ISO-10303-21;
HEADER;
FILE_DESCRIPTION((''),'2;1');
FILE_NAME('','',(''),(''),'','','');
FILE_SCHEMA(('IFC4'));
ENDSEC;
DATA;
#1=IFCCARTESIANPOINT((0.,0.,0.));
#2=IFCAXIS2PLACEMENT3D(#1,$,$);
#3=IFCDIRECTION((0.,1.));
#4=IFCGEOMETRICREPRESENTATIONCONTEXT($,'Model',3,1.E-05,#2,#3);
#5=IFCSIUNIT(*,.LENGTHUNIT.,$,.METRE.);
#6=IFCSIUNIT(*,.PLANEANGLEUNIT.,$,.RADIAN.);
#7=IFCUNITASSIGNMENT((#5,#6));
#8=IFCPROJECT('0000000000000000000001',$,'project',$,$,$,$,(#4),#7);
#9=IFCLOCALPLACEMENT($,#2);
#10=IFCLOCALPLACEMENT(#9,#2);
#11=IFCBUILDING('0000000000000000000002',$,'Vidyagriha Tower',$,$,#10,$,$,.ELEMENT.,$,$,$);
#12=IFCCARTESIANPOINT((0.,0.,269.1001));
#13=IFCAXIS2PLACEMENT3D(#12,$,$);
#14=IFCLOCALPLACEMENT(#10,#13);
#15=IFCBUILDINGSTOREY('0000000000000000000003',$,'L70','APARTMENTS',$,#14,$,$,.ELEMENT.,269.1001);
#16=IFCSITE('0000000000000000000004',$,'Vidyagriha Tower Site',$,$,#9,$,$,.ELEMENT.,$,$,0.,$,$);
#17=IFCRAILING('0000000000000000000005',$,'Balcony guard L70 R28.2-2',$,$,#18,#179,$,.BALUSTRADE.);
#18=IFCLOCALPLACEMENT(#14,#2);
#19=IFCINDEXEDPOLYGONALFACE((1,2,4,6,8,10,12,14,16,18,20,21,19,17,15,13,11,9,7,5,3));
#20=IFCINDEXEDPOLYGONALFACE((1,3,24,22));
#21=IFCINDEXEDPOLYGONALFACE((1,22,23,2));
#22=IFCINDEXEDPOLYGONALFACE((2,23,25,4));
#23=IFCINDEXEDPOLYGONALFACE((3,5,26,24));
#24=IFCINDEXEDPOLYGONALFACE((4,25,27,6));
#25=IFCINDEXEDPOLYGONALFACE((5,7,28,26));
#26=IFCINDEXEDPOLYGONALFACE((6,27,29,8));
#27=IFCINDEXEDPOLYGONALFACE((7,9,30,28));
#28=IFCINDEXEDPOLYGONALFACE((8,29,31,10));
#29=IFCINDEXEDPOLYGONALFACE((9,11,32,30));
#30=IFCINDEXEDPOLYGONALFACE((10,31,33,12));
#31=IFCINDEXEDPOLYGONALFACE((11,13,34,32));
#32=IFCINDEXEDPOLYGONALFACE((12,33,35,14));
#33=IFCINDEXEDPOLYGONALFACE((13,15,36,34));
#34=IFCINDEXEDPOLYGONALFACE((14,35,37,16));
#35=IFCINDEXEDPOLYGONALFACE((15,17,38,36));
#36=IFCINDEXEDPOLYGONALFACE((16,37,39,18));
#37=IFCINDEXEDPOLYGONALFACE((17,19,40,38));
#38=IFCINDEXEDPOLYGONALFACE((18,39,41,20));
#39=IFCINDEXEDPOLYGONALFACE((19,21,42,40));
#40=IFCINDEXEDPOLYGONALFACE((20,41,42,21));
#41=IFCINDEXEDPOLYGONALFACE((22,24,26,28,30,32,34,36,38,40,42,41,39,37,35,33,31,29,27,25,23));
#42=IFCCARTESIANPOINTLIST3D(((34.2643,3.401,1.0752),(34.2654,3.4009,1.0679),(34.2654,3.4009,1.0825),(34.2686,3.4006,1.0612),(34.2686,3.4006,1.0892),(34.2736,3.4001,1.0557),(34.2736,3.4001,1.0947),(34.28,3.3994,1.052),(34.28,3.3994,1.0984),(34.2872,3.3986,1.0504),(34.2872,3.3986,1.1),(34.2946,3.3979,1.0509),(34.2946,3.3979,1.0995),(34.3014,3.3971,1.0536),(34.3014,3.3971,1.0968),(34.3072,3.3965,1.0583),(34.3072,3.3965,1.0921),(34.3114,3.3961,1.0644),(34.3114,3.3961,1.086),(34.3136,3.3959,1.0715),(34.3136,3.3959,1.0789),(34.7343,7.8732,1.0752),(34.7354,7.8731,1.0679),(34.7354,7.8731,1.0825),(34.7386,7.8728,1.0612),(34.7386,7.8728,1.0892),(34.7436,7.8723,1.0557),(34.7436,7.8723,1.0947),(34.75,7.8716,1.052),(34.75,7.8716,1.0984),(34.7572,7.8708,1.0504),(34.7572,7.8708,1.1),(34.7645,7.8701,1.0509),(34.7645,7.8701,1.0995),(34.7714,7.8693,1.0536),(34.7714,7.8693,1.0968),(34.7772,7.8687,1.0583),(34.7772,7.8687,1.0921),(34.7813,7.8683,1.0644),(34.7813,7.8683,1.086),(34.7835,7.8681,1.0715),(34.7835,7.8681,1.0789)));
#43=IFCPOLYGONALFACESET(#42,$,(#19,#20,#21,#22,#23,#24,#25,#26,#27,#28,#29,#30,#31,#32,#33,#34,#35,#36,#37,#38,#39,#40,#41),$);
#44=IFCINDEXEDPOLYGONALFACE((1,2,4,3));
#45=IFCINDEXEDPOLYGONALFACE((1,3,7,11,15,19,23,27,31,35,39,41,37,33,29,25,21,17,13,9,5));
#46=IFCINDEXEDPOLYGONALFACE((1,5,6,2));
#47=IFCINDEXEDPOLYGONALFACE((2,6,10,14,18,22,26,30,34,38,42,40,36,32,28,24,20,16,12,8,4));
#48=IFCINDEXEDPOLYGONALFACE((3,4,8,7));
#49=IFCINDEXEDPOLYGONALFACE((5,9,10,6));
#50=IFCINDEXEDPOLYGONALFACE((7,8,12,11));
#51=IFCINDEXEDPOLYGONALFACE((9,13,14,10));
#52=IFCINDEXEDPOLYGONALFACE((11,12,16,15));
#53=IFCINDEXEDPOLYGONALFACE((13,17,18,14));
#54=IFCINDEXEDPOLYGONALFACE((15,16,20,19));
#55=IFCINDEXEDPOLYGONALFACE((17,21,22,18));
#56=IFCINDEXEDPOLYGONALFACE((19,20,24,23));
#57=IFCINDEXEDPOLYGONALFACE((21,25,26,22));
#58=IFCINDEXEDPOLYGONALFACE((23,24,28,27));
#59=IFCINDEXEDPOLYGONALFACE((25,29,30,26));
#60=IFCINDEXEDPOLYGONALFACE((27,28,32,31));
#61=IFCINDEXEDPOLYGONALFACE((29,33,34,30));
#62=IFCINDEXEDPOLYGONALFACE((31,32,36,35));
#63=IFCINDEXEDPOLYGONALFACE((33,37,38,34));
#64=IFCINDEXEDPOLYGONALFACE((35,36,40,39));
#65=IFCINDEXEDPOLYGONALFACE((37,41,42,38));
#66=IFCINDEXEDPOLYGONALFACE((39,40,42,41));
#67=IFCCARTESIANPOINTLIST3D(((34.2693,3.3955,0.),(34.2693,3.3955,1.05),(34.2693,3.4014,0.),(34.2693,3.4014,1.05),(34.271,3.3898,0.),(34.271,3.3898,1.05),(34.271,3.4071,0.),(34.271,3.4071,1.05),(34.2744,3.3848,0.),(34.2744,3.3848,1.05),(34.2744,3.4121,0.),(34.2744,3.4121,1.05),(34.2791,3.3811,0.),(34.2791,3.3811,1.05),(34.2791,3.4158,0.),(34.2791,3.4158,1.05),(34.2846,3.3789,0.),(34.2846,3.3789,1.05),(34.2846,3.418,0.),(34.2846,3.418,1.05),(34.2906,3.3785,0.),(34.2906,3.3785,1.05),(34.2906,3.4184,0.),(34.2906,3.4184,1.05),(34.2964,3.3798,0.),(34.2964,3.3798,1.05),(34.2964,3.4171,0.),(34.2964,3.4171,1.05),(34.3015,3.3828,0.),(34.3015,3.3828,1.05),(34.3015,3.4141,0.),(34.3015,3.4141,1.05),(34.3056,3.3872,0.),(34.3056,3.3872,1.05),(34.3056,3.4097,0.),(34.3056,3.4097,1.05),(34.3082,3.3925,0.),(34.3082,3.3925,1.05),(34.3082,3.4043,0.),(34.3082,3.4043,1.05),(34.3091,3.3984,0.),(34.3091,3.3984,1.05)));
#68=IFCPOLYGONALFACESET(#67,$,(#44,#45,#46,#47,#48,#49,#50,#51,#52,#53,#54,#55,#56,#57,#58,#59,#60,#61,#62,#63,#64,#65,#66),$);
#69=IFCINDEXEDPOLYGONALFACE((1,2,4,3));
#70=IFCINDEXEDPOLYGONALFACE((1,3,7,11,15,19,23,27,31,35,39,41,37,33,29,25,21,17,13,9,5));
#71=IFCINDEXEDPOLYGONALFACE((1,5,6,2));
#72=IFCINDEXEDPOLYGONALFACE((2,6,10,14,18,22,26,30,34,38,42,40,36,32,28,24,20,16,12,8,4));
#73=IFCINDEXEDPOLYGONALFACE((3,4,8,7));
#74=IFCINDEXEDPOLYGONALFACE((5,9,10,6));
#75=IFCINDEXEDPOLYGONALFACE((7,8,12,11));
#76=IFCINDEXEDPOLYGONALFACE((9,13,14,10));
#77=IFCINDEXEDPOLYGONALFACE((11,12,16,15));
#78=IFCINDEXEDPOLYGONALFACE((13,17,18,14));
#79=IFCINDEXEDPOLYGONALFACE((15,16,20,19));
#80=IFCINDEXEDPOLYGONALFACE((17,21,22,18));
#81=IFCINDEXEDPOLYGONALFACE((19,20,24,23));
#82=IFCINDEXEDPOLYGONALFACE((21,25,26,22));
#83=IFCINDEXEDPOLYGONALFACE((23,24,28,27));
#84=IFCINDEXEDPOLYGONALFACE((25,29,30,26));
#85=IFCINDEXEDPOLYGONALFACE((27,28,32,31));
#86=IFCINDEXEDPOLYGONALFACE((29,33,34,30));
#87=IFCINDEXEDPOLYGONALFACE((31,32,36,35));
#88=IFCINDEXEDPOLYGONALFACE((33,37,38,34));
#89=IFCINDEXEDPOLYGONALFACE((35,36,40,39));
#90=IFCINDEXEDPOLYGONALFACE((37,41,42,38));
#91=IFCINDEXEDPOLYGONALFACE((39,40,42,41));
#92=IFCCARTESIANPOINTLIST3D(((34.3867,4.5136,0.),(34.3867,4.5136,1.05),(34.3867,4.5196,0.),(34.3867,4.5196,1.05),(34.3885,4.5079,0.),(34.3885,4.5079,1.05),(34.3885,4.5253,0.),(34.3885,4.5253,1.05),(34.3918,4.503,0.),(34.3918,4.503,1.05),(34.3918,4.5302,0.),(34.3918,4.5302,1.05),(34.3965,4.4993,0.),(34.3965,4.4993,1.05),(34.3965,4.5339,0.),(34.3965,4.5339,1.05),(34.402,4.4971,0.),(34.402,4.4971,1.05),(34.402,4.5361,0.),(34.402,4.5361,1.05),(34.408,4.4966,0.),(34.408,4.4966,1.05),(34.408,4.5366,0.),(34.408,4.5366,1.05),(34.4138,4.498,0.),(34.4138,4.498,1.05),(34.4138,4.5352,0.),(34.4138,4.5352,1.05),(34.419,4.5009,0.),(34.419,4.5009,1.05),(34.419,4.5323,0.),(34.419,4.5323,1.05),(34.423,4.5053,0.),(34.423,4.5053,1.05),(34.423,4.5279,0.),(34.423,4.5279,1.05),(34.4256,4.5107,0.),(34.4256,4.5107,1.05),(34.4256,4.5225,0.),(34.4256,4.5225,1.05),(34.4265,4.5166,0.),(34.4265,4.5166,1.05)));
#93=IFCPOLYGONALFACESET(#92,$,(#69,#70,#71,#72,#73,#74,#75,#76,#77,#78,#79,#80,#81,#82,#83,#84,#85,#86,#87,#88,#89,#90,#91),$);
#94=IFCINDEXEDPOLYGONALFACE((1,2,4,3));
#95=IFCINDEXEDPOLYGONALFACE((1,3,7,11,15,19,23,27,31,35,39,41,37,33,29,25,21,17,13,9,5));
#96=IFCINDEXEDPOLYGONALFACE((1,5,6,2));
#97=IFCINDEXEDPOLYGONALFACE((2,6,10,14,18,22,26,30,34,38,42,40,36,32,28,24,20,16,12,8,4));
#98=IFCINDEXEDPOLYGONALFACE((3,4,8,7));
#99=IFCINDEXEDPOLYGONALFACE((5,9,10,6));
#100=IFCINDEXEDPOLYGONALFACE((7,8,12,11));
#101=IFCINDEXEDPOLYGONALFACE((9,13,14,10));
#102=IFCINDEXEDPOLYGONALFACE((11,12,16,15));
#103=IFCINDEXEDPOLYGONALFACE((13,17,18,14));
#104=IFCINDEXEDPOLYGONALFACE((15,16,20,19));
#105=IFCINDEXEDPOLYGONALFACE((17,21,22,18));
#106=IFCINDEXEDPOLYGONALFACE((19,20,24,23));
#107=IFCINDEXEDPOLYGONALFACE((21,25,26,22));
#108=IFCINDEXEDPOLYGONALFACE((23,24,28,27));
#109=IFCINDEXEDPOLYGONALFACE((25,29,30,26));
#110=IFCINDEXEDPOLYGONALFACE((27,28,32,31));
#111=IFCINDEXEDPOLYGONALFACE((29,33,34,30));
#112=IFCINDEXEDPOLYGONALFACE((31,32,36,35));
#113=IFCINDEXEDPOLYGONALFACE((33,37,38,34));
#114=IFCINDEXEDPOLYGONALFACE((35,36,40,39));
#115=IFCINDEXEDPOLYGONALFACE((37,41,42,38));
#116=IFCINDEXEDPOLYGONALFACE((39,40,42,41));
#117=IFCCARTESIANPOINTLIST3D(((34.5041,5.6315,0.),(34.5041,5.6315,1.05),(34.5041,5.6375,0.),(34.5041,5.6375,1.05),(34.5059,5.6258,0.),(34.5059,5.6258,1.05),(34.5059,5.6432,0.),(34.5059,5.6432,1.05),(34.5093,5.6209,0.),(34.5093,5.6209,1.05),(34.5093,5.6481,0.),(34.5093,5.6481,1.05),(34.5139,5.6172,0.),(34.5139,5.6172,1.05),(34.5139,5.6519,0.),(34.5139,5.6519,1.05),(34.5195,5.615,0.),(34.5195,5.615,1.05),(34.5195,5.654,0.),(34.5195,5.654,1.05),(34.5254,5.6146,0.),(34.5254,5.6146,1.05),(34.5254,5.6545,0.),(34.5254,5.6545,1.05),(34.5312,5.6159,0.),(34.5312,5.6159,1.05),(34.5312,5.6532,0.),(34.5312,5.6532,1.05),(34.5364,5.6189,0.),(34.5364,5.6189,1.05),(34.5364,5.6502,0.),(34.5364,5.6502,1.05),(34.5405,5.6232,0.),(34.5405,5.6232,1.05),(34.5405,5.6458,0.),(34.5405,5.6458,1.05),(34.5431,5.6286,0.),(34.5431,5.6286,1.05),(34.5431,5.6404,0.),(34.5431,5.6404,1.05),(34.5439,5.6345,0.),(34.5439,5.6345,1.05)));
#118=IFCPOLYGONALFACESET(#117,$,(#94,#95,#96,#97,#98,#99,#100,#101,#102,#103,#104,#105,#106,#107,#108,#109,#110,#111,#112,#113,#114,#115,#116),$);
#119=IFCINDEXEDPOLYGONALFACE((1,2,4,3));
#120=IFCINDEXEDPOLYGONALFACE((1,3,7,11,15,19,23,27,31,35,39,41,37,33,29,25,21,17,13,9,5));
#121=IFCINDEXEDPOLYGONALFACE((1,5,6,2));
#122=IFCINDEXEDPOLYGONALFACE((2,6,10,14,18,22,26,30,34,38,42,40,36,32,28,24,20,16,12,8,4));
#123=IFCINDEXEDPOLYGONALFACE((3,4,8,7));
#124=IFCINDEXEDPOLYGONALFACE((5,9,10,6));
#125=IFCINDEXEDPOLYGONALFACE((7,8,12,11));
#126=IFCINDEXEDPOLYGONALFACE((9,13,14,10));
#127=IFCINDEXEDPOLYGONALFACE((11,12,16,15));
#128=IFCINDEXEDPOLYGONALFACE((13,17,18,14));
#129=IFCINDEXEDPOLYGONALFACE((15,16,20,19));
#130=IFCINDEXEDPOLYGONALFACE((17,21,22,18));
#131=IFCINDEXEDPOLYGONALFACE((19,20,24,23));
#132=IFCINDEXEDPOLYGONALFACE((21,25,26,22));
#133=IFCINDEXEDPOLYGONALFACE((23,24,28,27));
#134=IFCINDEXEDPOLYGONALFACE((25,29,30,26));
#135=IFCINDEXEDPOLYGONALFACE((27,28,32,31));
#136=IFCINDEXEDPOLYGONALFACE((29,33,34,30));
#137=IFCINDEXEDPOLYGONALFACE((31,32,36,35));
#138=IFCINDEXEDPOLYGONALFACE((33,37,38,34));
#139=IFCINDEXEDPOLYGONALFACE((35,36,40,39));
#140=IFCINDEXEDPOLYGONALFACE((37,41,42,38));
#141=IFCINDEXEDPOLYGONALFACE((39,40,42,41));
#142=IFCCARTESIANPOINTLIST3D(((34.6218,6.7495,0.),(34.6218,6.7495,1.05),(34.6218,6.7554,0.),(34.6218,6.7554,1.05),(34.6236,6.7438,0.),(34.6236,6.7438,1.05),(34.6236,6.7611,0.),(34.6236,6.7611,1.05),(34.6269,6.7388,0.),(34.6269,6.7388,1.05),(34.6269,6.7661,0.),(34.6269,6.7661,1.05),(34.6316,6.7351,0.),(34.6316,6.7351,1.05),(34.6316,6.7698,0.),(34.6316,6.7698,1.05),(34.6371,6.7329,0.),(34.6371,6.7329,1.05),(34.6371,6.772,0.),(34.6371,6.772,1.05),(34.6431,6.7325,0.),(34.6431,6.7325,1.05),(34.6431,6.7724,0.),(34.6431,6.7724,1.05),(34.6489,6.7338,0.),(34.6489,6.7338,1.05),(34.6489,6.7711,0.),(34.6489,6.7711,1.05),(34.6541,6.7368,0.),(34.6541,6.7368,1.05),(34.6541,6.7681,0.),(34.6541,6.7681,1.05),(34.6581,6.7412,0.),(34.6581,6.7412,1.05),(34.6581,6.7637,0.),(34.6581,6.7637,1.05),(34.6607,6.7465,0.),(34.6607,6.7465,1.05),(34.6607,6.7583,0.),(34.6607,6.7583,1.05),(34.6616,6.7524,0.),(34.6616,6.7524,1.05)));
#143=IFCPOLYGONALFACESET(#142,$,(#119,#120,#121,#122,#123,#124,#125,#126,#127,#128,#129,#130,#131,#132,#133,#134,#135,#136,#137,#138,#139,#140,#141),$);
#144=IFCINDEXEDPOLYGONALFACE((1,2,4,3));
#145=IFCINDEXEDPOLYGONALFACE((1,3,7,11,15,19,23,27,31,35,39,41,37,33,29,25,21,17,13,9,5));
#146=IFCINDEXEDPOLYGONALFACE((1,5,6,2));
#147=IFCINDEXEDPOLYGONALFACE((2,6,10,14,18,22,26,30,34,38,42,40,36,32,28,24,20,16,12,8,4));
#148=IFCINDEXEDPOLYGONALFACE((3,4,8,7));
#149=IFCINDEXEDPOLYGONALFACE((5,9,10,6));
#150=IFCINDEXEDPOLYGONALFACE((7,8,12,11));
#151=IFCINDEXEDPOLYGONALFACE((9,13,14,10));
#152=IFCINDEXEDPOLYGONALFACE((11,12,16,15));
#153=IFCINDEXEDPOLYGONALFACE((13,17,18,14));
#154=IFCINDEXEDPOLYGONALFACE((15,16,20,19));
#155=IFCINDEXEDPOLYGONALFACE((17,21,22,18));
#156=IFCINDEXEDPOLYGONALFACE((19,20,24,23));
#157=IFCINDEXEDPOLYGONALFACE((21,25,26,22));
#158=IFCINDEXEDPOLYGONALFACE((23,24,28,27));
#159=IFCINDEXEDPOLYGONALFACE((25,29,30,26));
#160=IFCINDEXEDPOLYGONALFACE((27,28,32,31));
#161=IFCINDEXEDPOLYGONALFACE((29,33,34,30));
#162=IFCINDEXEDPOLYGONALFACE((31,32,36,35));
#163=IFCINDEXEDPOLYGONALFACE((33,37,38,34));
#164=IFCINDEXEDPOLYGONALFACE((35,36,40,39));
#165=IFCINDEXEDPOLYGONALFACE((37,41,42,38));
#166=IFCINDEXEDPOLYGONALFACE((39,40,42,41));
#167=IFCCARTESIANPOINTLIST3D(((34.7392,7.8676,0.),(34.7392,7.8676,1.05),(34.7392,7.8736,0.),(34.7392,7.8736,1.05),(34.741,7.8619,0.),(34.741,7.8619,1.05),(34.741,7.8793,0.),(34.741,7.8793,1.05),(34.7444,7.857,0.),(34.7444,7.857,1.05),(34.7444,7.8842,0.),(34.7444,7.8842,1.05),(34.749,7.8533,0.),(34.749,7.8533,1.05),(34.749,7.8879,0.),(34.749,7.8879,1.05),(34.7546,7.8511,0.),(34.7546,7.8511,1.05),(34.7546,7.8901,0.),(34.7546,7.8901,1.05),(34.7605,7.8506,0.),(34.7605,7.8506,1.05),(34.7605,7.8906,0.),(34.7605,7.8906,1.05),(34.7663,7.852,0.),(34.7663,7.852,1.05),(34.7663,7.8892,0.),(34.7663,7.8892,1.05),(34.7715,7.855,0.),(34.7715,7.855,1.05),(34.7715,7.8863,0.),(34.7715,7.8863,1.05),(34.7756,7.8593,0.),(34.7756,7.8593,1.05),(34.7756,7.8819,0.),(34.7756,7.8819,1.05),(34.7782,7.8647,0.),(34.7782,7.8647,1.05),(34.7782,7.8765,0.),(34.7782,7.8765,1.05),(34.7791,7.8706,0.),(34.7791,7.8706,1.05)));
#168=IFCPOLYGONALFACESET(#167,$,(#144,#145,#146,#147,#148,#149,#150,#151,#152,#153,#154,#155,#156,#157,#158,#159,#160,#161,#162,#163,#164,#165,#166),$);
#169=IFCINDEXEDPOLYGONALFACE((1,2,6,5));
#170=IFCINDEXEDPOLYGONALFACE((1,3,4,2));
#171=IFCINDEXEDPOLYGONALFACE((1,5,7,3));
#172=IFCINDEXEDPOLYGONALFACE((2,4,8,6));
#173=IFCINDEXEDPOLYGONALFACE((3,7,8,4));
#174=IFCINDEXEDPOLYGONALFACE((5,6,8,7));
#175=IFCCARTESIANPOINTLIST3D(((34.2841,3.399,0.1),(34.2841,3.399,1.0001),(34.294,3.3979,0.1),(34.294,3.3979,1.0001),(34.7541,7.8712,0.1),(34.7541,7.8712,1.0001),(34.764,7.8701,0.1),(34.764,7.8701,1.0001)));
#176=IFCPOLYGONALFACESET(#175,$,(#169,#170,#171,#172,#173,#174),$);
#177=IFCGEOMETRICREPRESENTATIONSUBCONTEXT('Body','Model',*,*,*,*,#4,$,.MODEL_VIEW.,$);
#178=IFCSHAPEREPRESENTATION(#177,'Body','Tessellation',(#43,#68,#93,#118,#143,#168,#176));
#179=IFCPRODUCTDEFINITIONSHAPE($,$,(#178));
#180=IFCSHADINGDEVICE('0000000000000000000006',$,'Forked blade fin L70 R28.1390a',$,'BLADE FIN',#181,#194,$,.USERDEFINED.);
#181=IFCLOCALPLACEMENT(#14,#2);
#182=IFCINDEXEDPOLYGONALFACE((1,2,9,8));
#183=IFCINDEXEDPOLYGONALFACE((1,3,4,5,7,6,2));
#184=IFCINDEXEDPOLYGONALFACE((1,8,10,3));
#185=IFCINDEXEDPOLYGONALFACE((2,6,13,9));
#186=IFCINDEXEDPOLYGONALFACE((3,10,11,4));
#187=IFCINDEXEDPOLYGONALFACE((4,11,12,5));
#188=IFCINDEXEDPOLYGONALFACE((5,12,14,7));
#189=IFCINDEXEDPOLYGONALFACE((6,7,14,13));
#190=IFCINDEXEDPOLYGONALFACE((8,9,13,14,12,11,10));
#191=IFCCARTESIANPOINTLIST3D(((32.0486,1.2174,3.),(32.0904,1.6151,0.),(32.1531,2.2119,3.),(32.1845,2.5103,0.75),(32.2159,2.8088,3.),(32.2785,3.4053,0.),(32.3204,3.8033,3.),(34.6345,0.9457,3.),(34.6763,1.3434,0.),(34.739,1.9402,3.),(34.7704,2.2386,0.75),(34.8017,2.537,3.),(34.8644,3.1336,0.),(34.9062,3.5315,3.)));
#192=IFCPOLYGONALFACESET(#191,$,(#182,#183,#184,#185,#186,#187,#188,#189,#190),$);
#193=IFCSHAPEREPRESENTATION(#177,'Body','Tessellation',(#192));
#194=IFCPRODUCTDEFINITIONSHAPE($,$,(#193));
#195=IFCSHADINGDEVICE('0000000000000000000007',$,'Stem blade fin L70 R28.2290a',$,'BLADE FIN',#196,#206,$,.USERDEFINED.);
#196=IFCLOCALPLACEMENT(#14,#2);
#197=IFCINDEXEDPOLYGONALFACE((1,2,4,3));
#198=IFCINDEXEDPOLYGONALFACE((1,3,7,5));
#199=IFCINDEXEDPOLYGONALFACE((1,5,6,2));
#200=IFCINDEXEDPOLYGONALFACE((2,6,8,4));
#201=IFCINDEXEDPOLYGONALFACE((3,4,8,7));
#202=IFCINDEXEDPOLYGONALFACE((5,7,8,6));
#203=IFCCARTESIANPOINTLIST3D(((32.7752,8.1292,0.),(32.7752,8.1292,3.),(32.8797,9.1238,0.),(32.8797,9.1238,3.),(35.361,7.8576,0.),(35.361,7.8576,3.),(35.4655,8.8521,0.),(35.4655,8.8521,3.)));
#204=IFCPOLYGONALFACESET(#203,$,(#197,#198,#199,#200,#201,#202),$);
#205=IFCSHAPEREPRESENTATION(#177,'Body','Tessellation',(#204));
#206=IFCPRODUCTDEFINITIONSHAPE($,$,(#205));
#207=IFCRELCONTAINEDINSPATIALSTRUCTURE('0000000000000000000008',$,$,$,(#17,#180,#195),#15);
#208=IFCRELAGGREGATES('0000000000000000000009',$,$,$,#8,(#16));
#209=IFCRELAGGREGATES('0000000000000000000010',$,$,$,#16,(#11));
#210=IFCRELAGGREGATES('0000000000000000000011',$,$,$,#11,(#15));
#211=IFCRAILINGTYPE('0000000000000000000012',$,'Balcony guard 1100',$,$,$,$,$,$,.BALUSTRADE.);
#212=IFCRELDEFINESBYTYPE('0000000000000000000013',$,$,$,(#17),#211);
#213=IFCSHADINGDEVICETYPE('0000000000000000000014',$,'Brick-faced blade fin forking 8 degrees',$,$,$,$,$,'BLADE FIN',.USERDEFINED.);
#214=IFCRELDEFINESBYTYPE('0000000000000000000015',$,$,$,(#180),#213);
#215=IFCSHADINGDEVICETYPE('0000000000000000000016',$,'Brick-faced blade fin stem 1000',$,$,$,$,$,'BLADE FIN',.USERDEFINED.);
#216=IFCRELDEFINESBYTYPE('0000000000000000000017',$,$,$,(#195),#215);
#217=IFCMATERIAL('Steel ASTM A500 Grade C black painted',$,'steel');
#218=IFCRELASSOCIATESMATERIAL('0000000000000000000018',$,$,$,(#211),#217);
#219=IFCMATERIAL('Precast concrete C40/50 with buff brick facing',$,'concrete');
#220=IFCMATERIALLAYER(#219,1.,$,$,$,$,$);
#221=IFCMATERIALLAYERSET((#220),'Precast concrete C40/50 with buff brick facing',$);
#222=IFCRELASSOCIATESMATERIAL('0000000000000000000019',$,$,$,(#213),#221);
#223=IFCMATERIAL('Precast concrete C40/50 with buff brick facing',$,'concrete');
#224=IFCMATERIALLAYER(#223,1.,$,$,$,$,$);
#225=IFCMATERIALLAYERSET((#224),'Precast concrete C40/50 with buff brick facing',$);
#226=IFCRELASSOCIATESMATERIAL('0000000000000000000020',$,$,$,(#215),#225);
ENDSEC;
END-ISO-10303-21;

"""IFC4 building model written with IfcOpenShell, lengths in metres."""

from ifc_helpers import new_model, si_unit, direction, frame, origin, origin_2d, place, context, subcontext, project, spatial, polyline, rectangle, circle, outline, extrude, material, layer, layer_set, type_object, element, save


model = new_model("IFC4")

# Units and contexts
model_context = context("Model", 3, precision=1e-05, world=origin(), true_north=direction((0.0, 1.0)))
body_context = subcontext(model_context, "Body", "Model", "MODEL_VIEW")
ifc_project = project(units=[si_unit("LENGTHUNIT", "METRE"), si_unit("PLANEANGLEUNIT", "RADIAN")], contexts=[model_context])

# Site, building, storey
site_placement = place(None, origin())
site = spatial("IfcSite", under=ifc_project, at=site_placement, Name="Vidyagriha Tower Site", CompositionType="ELEMENT", RefElevation=0.0)
building_placement = place(site_placement, origin())
building = spatial("IfcBuilding", under=site, at=building_placement, Name="Vidyagriha Tower", CompositionType="ELEMENT")
storey_placement = place(building_placement, frame((0.0, 0.0, 269.1001)))
storey = spatial("IfcBuildingStorey", under=building, at=storey_placement, Name="L70", Description="APARTMENTS", CompositionType="ELEMENT", Elevation=269.1001)

# Railing
ifc_material_1 = material(Name="Steel ASTM A500 Grade C black painted", Category="steel")
railing_type_1 = type_object("IfcRailingType", Name="Balcony guard 1100", PredefinedType="BALUSTRADE", material=ifc_material_1)
railing_1_placement = place(storey_placement, frame((34.2891, 3.3984, 0.0)))
element("IfcRailing", 1, at=railing_1_placement, inside=storey, type_object=railing_type_1, Name="Balcony guard L70 R28.2-2", PredefinedType="BALUSTRADE", context=body_context, shape_type="SweptSolid", body=[
    extrude(circle(Radius=0.0249, at=origin_2d()), frame((0.0, 0.0, 1.0752), z_axis=(0.104512, 0.994524, 0.0), x_axis=(-0.994524, 0.104512, 0.0)), (0.0, 0.0, 1.0), 4.4968),
    extrude(circle(Radius=0.02, at=origin_2d()), origin(), (0.0, 0.0, 1.0), 1.05),
    extrude(circle(Radius=0.02, at=origin_2d()), frame((0.1174, 1.1182, 0.0)), (0.0, 0.0, 1.0), 1.05),
    extrude(circle(Radius=0.02, at=origin_2d()), frame((0.2349, 2.2361, 0.0)), (0.0, 0.0, 1.0), 1.05),
    extrude(circle(Radius=0.02, at=origin_2d()), frame((0.3525, 3.354, 0.0)), (0.0, 0.0, 1.0), 1.05),
    extrude(circle(Radius=0.02, at=origin_2d()), frame((0.47, 4.4722, 0.0)), (0.0, 0.0, 1.0), 1.05),
    extrude(rectangle(XDim=0.01, YDim=0.9001, at=origin_2d()), frame((0.0, 0.0, 0.55), z_axis=(0.104512, 0.994524, 0.0), x_axis=(-0.994524, 0.104512, 0.0)), (0.0, 0.0, 1.0), 4.4968),
])

# Shading devices
ifc_material_2 = material(Name="Precast concrete C40/50 with buff brick facing", Category="concrete")
ifc_layer_1 = layer(ifc_material_2, 1.0)
ifc_layer_set_1 = layer_set([ifc_layer_1], Name="Precast concrete C40/50 with buff brick facing")
shading_device_type_1 = type_object("IfcShadingDeviceType", Name="Brick-faced blade fin forking 8 degrees", ElementType="BLADE FIN", PredefinedType="USERDEFINED", material=ifc_layer_set_1)
shading_device_1_placement = place(storey_placement, frame((33.3416, 1.0815, 0.0), z_axis=(0.0, 0.0, 1.0), x_axis=(0.104514, 0.994523, 0.0)))
element("IfcShadingDevice", 2, at=shading_device_1_placement, inside=storey, type_object=shading_device_type_1, Name="Forked blade fin L70 R28.1390a", ObjectType="BLADE FIN", PredefinedType="USERDEFINED", context=body_context, shape_type="SweptSolid", body=[
    extrude(outline(polyline([(0.3999, 0.0), (2.2, 0.0), (2.6001, 3.0), (1.6001, 3.0), (1.3, 0.75), (1.0, 3.0), (0.0, 3.0), (0.3999, 0.0)])), frame((0.0, 1.3, 0.0), z_axis=(0.0, -1.0, 0.0), x_axis=(1.0, 0.0, 0.0)), (0.0, 0.0, 1.0), 2.6001),
])
ifc_material_3 = material(Name="Precast concrete C40/50 with buff brick facing", Category="concrete")
ifc_layer_2 = layer(ifc_material_3, 1.0)
ifc_layer_set_2 = layer_set([ifc_layer_2], Name="Precast concrete C40/50 with buff brick facing")
shading_device_type_2 = type_object("IfcShadingDeviceType", Name="Brick-faced blade fin stem 1000", ElementType="BLADE FIN", PredefinedType="USERDEFINED", material=ifc_layer_set_2)
shading_device_2_placement = place(storey_placement, frame((34.0681, 7.9934, 0.0), z_axis=(0.0, 0.0, 1.0), x_axis=(0.104481, 0.994527, 0.0)))
element("IfcShadingDevice", 3, at=shading_device_2_placement, inside=storey, type_object=shading_device_type_2, Name="Stem blade fin L70 R28.2290a", ObjectType="BLADE FIN", PredefinedType="USERDEFINED", context=body_context, shape_type="SweptSolid", body=[
    extrude(outline(polyline([(0.0, 0.0), (1.0, 0.0), (1.0, 3.0), (0.0, 3.0), (0.0, 0.0)])), frame((0.0, 1.3, 0.0), z_axis=(0.0, -1.0, 0.0), x_axis=(1.0, 0.0, 0.0)), (0.0, 0.0, 1.0), 2.6001),
])

save(model, "model.ifc")
